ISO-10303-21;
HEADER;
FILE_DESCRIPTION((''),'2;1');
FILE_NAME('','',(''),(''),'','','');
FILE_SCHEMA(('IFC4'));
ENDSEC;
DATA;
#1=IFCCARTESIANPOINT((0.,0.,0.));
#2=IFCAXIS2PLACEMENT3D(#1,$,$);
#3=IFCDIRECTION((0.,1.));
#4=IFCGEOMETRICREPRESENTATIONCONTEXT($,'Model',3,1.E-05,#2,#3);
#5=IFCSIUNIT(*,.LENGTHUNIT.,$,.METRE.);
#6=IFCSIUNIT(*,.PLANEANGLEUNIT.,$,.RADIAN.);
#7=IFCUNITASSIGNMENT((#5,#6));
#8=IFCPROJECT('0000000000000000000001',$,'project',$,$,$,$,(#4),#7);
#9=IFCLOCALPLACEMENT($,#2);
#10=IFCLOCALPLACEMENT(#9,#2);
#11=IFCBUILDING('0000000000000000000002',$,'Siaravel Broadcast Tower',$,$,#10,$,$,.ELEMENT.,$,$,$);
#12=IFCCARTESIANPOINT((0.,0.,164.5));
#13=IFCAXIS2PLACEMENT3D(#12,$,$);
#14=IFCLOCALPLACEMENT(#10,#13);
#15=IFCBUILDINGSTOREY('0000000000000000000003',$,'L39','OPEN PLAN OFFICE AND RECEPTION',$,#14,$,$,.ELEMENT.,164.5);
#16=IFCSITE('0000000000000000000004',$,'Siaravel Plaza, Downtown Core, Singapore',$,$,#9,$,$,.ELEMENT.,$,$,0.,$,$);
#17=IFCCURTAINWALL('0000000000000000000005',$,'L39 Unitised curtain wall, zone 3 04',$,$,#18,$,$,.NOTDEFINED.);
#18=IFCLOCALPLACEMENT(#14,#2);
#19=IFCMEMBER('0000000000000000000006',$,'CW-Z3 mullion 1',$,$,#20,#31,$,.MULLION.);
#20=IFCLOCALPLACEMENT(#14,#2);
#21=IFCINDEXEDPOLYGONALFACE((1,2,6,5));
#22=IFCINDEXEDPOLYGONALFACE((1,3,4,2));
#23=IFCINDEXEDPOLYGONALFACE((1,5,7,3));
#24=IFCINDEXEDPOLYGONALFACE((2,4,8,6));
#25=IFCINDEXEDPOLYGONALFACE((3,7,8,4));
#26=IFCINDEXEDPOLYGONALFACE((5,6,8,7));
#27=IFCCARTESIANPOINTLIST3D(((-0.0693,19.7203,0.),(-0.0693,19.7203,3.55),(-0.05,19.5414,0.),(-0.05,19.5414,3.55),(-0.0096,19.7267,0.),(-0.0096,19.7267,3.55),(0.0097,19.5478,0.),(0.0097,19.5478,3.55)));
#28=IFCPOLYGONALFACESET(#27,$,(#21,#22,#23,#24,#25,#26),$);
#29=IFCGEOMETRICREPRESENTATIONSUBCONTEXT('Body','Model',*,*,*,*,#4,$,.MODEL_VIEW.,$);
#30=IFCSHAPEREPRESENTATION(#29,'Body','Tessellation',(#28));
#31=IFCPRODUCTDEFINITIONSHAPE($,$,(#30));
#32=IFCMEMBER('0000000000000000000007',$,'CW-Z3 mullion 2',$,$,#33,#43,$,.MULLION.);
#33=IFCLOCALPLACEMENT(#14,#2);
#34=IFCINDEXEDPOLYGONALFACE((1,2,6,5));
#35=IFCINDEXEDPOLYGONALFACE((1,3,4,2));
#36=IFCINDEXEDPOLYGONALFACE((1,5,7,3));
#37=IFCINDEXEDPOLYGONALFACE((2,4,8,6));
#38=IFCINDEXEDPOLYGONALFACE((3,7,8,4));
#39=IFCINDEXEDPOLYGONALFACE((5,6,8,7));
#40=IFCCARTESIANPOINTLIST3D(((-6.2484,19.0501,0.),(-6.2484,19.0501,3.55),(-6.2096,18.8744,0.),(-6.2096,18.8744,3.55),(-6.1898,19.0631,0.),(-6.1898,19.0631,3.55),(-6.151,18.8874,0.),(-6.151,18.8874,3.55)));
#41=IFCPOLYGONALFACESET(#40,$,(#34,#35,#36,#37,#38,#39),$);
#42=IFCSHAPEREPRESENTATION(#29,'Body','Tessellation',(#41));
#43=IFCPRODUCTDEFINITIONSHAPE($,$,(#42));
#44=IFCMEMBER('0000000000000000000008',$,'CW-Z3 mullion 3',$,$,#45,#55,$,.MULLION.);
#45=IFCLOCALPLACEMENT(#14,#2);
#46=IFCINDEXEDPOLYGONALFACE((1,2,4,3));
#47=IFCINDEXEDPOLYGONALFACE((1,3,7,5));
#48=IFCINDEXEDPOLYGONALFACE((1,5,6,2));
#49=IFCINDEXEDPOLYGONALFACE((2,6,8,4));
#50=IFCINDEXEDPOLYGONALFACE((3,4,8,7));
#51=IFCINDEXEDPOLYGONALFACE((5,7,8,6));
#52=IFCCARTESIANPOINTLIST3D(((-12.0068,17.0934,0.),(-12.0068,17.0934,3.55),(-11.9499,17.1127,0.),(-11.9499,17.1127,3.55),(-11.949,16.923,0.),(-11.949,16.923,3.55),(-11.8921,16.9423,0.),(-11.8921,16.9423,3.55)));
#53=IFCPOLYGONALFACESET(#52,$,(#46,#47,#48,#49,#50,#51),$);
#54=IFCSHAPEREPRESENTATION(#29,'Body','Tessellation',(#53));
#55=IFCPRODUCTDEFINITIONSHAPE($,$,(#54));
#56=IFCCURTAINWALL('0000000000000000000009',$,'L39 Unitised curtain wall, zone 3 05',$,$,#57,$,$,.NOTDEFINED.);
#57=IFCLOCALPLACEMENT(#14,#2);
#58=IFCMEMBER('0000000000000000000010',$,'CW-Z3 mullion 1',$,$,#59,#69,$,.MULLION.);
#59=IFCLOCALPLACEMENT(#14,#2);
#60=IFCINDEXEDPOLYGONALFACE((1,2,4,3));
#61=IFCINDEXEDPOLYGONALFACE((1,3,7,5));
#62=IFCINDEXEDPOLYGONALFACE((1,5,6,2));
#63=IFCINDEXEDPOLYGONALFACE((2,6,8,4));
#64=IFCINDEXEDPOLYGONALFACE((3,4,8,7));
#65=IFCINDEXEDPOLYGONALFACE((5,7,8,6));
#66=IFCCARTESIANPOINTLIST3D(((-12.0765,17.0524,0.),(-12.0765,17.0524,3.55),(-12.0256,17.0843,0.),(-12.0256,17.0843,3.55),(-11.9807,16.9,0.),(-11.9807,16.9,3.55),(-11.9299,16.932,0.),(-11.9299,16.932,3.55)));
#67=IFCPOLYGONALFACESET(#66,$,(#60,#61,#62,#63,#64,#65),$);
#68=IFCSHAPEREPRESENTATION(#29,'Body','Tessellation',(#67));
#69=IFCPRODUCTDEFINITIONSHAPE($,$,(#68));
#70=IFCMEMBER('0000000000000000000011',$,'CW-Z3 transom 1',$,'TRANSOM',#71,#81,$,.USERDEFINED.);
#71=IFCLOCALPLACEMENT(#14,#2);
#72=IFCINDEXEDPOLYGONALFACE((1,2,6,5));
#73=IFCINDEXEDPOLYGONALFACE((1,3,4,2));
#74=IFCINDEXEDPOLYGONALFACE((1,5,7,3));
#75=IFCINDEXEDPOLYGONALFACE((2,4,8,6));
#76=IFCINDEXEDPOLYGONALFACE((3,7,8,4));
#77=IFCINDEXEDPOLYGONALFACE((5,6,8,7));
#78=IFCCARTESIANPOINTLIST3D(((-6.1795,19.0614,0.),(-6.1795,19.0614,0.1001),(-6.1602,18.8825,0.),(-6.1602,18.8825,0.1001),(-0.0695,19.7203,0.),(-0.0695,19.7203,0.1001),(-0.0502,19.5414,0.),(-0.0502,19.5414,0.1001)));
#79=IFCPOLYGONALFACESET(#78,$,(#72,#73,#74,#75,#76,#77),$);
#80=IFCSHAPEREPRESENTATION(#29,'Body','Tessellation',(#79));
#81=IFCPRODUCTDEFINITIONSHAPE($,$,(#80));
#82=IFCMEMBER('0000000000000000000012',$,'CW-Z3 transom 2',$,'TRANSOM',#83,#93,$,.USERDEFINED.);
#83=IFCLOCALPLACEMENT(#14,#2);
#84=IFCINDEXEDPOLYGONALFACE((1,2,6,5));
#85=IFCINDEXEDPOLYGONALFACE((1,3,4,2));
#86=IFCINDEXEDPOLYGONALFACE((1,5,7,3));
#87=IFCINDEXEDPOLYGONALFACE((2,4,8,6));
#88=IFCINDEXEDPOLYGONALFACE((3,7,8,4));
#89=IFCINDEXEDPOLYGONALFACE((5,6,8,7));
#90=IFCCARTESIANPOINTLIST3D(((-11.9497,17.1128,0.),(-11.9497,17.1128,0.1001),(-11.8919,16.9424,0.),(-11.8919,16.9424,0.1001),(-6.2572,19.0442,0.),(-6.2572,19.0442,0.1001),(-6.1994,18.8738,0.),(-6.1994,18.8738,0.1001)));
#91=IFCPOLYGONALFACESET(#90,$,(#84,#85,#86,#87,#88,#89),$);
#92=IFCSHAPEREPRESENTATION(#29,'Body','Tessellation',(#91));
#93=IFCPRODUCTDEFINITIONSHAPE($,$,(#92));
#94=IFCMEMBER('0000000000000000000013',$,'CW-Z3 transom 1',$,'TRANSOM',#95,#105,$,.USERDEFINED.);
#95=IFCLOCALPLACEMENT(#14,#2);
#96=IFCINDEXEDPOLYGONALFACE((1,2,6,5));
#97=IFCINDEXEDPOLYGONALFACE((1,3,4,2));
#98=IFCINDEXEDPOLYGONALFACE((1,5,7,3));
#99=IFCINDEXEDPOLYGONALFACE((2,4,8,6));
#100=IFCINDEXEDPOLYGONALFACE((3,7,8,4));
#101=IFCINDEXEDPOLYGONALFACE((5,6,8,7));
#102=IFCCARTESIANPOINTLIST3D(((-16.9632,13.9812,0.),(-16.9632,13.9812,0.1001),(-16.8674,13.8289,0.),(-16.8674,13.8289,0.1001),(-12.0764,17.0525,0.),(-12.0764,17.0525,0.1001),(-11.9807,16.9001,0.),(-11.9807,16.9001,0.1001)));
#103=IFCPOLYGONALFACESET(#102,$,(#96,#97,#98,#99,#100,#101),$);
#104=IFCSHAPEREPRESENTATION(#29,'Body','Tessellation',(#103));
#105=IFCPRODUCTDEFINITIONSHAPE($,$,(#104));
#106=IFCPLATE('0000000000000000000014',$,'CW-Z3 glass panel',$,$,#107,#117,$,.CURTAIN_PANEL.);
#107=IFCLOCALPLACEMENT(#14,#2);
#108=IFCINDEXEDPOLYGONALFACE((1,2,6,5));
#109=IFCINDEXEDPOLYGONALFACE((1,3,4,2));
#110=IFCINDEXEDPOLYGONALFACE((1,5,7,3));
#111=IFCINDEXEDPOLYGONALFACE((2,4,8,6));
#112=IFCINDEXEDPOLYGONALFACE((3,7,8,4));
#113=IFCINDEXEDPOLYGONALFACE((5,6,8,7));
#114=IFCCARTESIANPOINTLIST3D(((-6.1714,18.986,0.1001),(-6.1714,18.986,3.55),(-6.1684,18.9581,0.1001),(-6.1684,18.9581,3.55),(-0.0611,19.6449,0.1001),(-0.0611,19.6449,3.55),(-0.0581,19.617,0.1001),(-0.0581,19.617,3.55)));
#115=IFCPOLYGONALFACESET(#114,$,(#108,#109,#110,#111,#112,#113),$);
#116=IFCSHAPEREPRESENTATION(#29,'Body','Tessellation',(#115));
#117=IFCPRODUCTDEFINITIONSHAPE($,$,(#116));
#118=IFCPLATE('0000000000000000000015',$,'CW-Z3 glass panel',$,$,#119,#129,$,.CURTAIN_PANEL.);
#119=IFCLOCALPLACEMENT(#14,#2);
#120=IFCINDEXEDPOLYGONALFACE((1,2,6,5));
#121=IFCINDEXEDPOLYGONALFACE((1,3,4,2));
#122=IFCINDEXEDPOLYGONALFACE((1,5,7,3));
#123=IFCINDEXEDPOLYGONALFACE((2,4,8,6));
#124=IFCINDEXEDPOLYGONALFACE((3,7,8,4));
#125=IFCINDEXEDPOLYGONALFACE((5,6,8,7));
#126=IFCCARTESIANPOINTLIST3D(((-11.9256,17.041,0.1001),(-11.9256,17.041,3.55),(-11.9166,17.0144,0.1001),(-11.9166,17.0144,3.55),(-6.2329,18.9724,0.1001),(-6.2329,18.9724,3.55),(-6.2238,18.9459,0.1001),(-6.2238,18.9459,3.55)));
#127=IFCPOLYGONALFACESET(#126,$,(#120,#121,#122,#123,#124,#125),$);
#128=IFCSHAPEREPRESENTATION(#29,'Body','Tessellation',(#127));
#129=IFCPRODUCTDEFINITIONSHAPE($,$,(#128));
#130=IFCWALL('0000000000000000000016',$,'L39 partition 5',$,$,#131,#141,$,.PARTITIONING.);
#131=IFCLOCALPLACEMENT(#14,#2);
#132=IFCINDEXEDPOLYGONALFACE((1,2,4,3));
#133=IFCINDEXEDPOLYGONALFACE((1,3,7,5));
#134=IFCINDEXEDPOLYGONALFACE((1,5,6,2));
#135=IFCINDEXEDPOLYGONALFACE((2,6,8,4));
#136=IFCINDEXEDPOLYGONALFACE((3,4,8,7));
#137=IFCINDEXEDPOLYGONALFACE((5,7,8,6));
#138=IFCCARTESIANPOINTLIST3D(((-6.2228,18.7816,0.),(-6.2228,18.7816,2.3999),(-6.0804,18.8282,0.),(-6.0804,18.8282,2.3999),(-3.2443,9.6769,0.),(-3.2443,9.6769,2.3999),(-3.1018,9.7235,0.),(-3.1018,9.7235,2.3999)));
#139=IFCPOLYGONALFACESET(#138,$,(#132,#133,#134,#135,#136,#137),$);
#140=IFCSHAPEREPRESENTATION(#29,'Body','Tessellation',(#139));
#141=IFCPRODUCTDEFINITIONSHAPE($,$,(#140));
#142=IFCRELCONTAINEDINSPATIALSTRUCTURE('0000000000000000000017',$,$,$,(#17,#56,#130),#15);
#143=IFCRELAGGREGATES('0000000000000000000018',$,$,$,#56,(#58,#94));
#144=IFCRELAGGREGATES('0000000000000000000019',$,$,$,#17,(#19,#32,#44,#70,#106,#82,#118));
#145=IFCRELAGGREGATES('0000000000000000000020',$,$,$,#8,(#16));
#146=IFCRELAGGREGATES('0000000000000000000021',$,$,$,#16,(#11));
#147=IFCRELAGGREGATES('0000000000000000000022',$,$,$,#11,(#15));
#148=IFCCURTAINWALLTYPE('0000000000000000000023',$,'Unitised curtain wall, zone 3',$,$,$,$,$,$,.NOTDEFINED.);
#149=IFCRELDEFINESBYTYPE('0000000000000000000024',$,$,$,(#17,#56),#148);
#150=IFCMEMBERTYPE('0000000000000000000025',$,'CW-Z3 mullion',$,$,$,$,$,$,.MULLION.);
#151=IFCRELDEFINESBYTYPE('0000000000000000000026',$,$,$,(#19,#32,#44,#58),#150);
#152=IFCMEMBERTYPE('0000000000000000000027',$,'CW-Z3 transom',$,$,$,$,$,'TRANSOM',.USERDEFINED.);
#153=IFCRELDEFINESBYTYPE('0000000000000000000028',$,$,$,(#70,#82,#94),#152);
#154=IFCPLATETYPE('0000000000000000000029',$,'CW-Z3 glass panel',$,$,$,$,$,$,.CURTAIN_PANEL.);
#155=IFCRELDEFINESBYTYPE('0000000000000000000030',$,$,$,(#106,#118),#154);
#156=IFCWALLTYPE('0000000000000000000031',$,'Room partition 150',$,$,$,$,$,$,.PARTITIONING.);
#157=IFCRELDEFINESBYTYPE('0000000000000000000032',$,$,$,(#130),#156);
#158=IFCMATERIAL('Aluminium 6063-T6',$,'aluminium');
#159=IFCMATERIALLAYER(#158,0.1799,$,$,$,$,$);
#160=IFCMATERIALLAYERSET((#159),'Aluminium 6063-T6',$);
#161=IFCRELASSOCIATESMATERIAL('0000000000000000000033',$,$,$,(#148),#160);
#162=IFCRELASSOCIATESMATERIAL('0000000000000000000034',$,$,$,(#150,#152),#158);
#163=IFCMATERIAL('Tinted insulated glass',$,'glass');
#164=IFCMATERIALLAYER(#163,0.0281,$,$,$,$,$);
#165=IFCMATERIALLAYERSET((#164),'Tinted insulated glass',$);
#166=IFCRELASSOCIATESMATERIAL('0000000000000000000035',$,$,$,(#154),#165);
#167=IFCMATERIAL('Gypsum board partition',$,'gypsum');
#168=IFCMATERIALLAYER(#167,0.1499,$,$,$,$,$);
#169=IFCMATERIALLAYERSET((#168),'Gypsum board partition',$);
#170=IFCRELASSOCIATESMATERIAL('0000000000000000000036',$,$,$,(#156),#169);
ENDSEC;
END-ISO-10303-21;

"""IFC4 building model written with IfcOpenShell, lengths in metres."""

from ifc_helpers import new_model, si_unit, direction, frame, frame_2d, origin, origin_2d, place, context, subcontext, project, spatial, rectangle, extrude, material, layer, layer_set, material_profile, profile_set, type_object, element, aggregate, save


model = new_model("IFC4")

# Units and contexts
model_context = context("Model", 3, precision=1e-05, world=origin(), true_north=direction((0.0, 1.0)))
body_context = subcontext(model_context, "Body", "Model", "MODEL_VIEW")
ifc_project = project(units=[si_unit("LENGTHUNIT", "METRE"), si_unit("PLANEANGLEUNIT", "RADIAN")], contexts=[model_context])

# Site, building, storey
site_placement = place(None, origin())
site = spatial("IfcSite", under=ifc_project, at=site_placement, Name="Siaravel Plaza, Downtown Core, Singapore", CompositionType="ELEMENT", RefElevation=0.0)
building_placement = place(site_placement, origin())
building = spatial("IfcBuilding", under=site, at=building_placement, Name="Siaravel Broadcast Tower", CompositionType="ELEMENT")
storey_placement = place(building_placement, frame((0.0, 0.0, 164.5)))
storey = spatial("IfcBuildingStorey", under=building, at=storey_placement, Name="L39", Description="OPEN PLAN OFFICE AND RECEPTION", CompositionType="ELEMENT", Elevation=164.5)

# Curtain wall, members
ifc_material_1 = material(Name="Aluminium 6063-T6", Category="aluminium")
ifc_layer_1 = layer(ifc_material_1, 0.1799)
ifc_layer_set_1 = layer_set([ifc_layer_1], Name="Aluminium 6063-T6")
curtain_wall_type = type_object("IfcCurtainWallType", Name="Unitised curtain wall, zone 3", PredefinedType="NOTDEFINED", material=ifc_layer_set_1)
curtain_wall_1_placement = place(storey_placement, origin())
curtain_wall_1 = element("IfcCurtainWall", 1, at=curtain_wall_1_placement, inside=storey, type_object=curtain_wall_type, Name="L39 Unitised curtain wall, zone 3 04", PredefinedType="NOTDEFINED")
ifc_material_profile_1 = material_profile(ifc_material_1, rectangle(XDim=0.1799, YDim=0.0601, at=origin_2d()))
ifc_profile_set_1 = profile_set([ifc_material_profile_1], Name="Aluminium 6063-T6")
member_type_1 = type_object("IfcMemberType", Name="CW-Z3 mullion", PredefinedType="MULLION", material=ifc_profile_set_1)
member_1_placement = place(storey_placement, frame((-0.0298, 19.634, 0.0), z_axis=(0.0, 0.0, 1.0), x_axis=(0.107218, -0.994236, 0.0)))
member_1 = element("IfcMember", 2, at=member_1_placement, type_object=member_type_1, Name="CW-Z3 mullion 1", PredefinedType="MULLION", context=body_context, shape_type="SweptSolid", body=[
    extrude(rectangle(XDim=0.1799, YDim=0.0601, at=origin_2d()), origin(), (0.0, 0.0, 1.0), 3.55),
])
member_2_placement = place(storey_placement, frame((-6.1997, 18.9688, 0.0), z_axis=(0.0, 0.0, 1.0), x_axis=(0.215559, -0.976491, 0.0)))
member_2 = element("IfcMember", 3, at=member_2_placement, type_object=member_type_1, Name="CW-Z3 mullion 2", PredefinedType="MULLION", context=body_context, shape_type="SweptSolid", body=[
    extrude(rectangle(XDim=0.1799, YDim=0.0601, at=origin_2d()), origin(), (0.0, 0.0, 1.0), 3.55),
])
member_3_placement = place(storey_placement, frame((-11.9495, 17.0178, 0.0), z_axis=(0.0, 0.0, 1.0), x_axis=(0.321301, -0.946977, 0.0)))
member_3 = element("IfcMember", 4, at=member_3_placement, type_object=member_type_1, Name="CW-Z3 mullion 3", PredefinedType="MULLION", context=body_context, shape_type="SweptSolid", body=[
    extrude(rectangle(XDim=0.1799, YDim=0.0601, at=origin_2d()), origin(), (0.0, 0.0, 1.0), 3.55),
])

# Curtain wall, member
curtain_wall_2_placement = place(storey_placement, origin())
curtain_wall_2 = element("IfcCurtainWall", 5, at=curtain_wall_2_placement, inside=storey, type_object=curtain_wall_type, Name="L39 Unitised curtain wall, zone 3 05", PredefinedType="NOTDEFINED")
member_4_placement = place(storey_placement, frame((-12.0032, 16.9922, 0.0), z_axis=(0.0, 0.0, 1.0), x_axis=(0.53215, -0.84665, 0.0)))
member_4 = element("IfcMember", 6, at=member_4_placement, type_object=member_type_1, Name="CW-Z3 mullion 1", PredefinedType="MULLION", context=body_context, shape_type="SweptSolid", body=[
    extrude(rectangle(XDim=0.1799, YDim=0.0601, at=origin_2d()), origin(), (0.0, 0.0, 1.0), 3.55),
])

# Members
ifc_material_profile_2 = material_profile(ifc_material_1, rectangle(XDim=0.1799, YDim=0.1001, at=origin_2d()))
ifc_profile_set_2 = profile_set([ifc_material_profile_2], Name="Aluminium 6063-T6")
member_type_2 = type_object("IfcMemberType", Name="CW-Z3 transom", ElementType="TRANSOM", PredefinedType="USERDEFINED", material=ifc_profile_set_2)
member_5_placement = place(storey_placement, frame((-0.0598, 19.6309, 0.05), z_axis=(-0.994235, -0.107222, 0.0), x_axis=(0.107222, -0.994235, 0.0)))
member_5 = element("IfcMember", 7, at=member_5_placement, type_object=member_type_2, Name="CW-Z3 transom 1", ObjectType="TRANSOM", PredefinedType="USERDEFINED", context=body_context, shape_type="SweptSolid", body=[
    extrude(rectangle(XDim=0.1799, YDim=0.1001, at=origin_2d()), origin(), (0.0, 0.0, 1.0), 6.1455),
])
member_6_placement = place(storey_placement, frame((-6.2283, 18.959, 0.05), z_axis=(-0.94698, -0.321292, 0.0), x_axis=(0.321292, -0.94698, 0.0)))
member_6 = element("IfcMember", 8, at=member_6_placement, type_object=member_type_2, Name="CW-Z3 transom 2", ObjectType="TRANSOM", PredefinedType="USERDEFINED", context=body_context, shape_type="SweptSolid", body=[
    extrude(rectangle(XDim=0.1799, YDim=0.1001, at=origin_2d()), origin(), (0.0, 0.0, 1.0), 6.0112),
])
member_7_placement = place(storey_placement, frame((-12.0286, 16.9763, 0.05), z_axis=(-0.846665, -0.532126, 0.0), x_axis=(0.532126, -0.846665, 0.0)))
member_7 = element("IfcMember", 9, at=member_7_placement, type_object=member_type_2, Name="CW-Z3 transom 1", ObjectType="TRANSOM", PredefinedType="USERDEFINED", context=body_context, shape_type="SweptSolid", body=[
    extrude(rectangle(XDim=0.1799, YDim=0.1001, at=origin_2d()), origin(), (0.0, 0.0, 1.0), 5.7717),
])
aggregate(curtain_wall_2, [member_4, member_7])

# Plates
ifc_material_2 = material(Name="Tinted insulated glass", Category="glass")
ifc_layer_2 = layer(ifc_material_2, 0.0281)
ifc_layer_set_2 = layer_set([ifc_layer_2], Name="Tinted insulated glass")
plate_type = type_object("IfcPlateType", Name="CW-Z3 glass panel", PredefinedType="CURTAIN_PANEL", material=ifc_layer_set_2)
plate_1_placement = place(storey_placement, frame((-3.1147, 19.3015, 0.1001), z_axis=(0.0, 0.0, 1.0), x_axis=(-0.994236, -0.107218, 0.0)))
plate_1 = element("IfcPlate", 10, at=plate_1_placement, type_object=plate_type, Name="CW-Z3 glass panel", PredefinedType="CURTAIN_PANEL", context=body_context, shape_type="SweptSolid", body=[
    extrude(rectangle(XDim=6.1458, YDim=0.0281, at=origin_2d()), origin(), (0.0, 0.0, 1.0), 3.45),
])
plate_2_placement = place(storey_placement, frame((-9.0747, 17.9934, 0.1001), z_axis=(0.0, 0.0, 1.0), x_axis=(-0.946977, -0.321301, 0.0)))
plate_2 = element("IfcPlate", 11, at=plate_2_placement, type_object=plate_type, Name="CW-Z3 glass panel", PredefinedType="CURTAIN_PANEL", context=body_context, shape_type="SweptSolid", body=[
    extrude(rectangle(XDim=6.0115, YDim=0.0281, at=origin_2d()), origin(), (0.0, 0.0, 1.0), 3.45),
])
aggregate(curtain_wall_1, [member_1, member_2, member_3, member_5, plate_1, member_6, plate_2])

# Wall
ifc_material_3 = material(Name="Gypsum board partition", Category="gypsum")
ifc_layer_3 = layer(ifc_material_3, 0.1499)
ifc_layer_set_3 = layer_set([ifc_layer_3], Name="Gypsum board partition")
wall_type = type_object("IfcWallType", Name="Room partition 150", PredefinedType="PARTITIONING", material=ifc_layer_set_3)
wall_placement = place(storey_placement, frame((-6.1516, 18.8049, 0.0), z_axis=(0.0, 0.0, 1.0), x_axis=(0.310924, -0.950435, 0.0)))
element("IfcWall", 12, at=wall_placement, inside=storey, type_object=wall_type, Name="L39 partition 5", PredefinedType="PARTITIONING", context=body_context, shape_type="SweptSolid", body=[
    extrude(rectangle(XDim=9.5796, YDim=0.1499, at=frame_2d((4.7898, 0.0))), origin(), (0.0, 0.0, 1.0), 2.3999),
])

save(model, "model.ifc")
